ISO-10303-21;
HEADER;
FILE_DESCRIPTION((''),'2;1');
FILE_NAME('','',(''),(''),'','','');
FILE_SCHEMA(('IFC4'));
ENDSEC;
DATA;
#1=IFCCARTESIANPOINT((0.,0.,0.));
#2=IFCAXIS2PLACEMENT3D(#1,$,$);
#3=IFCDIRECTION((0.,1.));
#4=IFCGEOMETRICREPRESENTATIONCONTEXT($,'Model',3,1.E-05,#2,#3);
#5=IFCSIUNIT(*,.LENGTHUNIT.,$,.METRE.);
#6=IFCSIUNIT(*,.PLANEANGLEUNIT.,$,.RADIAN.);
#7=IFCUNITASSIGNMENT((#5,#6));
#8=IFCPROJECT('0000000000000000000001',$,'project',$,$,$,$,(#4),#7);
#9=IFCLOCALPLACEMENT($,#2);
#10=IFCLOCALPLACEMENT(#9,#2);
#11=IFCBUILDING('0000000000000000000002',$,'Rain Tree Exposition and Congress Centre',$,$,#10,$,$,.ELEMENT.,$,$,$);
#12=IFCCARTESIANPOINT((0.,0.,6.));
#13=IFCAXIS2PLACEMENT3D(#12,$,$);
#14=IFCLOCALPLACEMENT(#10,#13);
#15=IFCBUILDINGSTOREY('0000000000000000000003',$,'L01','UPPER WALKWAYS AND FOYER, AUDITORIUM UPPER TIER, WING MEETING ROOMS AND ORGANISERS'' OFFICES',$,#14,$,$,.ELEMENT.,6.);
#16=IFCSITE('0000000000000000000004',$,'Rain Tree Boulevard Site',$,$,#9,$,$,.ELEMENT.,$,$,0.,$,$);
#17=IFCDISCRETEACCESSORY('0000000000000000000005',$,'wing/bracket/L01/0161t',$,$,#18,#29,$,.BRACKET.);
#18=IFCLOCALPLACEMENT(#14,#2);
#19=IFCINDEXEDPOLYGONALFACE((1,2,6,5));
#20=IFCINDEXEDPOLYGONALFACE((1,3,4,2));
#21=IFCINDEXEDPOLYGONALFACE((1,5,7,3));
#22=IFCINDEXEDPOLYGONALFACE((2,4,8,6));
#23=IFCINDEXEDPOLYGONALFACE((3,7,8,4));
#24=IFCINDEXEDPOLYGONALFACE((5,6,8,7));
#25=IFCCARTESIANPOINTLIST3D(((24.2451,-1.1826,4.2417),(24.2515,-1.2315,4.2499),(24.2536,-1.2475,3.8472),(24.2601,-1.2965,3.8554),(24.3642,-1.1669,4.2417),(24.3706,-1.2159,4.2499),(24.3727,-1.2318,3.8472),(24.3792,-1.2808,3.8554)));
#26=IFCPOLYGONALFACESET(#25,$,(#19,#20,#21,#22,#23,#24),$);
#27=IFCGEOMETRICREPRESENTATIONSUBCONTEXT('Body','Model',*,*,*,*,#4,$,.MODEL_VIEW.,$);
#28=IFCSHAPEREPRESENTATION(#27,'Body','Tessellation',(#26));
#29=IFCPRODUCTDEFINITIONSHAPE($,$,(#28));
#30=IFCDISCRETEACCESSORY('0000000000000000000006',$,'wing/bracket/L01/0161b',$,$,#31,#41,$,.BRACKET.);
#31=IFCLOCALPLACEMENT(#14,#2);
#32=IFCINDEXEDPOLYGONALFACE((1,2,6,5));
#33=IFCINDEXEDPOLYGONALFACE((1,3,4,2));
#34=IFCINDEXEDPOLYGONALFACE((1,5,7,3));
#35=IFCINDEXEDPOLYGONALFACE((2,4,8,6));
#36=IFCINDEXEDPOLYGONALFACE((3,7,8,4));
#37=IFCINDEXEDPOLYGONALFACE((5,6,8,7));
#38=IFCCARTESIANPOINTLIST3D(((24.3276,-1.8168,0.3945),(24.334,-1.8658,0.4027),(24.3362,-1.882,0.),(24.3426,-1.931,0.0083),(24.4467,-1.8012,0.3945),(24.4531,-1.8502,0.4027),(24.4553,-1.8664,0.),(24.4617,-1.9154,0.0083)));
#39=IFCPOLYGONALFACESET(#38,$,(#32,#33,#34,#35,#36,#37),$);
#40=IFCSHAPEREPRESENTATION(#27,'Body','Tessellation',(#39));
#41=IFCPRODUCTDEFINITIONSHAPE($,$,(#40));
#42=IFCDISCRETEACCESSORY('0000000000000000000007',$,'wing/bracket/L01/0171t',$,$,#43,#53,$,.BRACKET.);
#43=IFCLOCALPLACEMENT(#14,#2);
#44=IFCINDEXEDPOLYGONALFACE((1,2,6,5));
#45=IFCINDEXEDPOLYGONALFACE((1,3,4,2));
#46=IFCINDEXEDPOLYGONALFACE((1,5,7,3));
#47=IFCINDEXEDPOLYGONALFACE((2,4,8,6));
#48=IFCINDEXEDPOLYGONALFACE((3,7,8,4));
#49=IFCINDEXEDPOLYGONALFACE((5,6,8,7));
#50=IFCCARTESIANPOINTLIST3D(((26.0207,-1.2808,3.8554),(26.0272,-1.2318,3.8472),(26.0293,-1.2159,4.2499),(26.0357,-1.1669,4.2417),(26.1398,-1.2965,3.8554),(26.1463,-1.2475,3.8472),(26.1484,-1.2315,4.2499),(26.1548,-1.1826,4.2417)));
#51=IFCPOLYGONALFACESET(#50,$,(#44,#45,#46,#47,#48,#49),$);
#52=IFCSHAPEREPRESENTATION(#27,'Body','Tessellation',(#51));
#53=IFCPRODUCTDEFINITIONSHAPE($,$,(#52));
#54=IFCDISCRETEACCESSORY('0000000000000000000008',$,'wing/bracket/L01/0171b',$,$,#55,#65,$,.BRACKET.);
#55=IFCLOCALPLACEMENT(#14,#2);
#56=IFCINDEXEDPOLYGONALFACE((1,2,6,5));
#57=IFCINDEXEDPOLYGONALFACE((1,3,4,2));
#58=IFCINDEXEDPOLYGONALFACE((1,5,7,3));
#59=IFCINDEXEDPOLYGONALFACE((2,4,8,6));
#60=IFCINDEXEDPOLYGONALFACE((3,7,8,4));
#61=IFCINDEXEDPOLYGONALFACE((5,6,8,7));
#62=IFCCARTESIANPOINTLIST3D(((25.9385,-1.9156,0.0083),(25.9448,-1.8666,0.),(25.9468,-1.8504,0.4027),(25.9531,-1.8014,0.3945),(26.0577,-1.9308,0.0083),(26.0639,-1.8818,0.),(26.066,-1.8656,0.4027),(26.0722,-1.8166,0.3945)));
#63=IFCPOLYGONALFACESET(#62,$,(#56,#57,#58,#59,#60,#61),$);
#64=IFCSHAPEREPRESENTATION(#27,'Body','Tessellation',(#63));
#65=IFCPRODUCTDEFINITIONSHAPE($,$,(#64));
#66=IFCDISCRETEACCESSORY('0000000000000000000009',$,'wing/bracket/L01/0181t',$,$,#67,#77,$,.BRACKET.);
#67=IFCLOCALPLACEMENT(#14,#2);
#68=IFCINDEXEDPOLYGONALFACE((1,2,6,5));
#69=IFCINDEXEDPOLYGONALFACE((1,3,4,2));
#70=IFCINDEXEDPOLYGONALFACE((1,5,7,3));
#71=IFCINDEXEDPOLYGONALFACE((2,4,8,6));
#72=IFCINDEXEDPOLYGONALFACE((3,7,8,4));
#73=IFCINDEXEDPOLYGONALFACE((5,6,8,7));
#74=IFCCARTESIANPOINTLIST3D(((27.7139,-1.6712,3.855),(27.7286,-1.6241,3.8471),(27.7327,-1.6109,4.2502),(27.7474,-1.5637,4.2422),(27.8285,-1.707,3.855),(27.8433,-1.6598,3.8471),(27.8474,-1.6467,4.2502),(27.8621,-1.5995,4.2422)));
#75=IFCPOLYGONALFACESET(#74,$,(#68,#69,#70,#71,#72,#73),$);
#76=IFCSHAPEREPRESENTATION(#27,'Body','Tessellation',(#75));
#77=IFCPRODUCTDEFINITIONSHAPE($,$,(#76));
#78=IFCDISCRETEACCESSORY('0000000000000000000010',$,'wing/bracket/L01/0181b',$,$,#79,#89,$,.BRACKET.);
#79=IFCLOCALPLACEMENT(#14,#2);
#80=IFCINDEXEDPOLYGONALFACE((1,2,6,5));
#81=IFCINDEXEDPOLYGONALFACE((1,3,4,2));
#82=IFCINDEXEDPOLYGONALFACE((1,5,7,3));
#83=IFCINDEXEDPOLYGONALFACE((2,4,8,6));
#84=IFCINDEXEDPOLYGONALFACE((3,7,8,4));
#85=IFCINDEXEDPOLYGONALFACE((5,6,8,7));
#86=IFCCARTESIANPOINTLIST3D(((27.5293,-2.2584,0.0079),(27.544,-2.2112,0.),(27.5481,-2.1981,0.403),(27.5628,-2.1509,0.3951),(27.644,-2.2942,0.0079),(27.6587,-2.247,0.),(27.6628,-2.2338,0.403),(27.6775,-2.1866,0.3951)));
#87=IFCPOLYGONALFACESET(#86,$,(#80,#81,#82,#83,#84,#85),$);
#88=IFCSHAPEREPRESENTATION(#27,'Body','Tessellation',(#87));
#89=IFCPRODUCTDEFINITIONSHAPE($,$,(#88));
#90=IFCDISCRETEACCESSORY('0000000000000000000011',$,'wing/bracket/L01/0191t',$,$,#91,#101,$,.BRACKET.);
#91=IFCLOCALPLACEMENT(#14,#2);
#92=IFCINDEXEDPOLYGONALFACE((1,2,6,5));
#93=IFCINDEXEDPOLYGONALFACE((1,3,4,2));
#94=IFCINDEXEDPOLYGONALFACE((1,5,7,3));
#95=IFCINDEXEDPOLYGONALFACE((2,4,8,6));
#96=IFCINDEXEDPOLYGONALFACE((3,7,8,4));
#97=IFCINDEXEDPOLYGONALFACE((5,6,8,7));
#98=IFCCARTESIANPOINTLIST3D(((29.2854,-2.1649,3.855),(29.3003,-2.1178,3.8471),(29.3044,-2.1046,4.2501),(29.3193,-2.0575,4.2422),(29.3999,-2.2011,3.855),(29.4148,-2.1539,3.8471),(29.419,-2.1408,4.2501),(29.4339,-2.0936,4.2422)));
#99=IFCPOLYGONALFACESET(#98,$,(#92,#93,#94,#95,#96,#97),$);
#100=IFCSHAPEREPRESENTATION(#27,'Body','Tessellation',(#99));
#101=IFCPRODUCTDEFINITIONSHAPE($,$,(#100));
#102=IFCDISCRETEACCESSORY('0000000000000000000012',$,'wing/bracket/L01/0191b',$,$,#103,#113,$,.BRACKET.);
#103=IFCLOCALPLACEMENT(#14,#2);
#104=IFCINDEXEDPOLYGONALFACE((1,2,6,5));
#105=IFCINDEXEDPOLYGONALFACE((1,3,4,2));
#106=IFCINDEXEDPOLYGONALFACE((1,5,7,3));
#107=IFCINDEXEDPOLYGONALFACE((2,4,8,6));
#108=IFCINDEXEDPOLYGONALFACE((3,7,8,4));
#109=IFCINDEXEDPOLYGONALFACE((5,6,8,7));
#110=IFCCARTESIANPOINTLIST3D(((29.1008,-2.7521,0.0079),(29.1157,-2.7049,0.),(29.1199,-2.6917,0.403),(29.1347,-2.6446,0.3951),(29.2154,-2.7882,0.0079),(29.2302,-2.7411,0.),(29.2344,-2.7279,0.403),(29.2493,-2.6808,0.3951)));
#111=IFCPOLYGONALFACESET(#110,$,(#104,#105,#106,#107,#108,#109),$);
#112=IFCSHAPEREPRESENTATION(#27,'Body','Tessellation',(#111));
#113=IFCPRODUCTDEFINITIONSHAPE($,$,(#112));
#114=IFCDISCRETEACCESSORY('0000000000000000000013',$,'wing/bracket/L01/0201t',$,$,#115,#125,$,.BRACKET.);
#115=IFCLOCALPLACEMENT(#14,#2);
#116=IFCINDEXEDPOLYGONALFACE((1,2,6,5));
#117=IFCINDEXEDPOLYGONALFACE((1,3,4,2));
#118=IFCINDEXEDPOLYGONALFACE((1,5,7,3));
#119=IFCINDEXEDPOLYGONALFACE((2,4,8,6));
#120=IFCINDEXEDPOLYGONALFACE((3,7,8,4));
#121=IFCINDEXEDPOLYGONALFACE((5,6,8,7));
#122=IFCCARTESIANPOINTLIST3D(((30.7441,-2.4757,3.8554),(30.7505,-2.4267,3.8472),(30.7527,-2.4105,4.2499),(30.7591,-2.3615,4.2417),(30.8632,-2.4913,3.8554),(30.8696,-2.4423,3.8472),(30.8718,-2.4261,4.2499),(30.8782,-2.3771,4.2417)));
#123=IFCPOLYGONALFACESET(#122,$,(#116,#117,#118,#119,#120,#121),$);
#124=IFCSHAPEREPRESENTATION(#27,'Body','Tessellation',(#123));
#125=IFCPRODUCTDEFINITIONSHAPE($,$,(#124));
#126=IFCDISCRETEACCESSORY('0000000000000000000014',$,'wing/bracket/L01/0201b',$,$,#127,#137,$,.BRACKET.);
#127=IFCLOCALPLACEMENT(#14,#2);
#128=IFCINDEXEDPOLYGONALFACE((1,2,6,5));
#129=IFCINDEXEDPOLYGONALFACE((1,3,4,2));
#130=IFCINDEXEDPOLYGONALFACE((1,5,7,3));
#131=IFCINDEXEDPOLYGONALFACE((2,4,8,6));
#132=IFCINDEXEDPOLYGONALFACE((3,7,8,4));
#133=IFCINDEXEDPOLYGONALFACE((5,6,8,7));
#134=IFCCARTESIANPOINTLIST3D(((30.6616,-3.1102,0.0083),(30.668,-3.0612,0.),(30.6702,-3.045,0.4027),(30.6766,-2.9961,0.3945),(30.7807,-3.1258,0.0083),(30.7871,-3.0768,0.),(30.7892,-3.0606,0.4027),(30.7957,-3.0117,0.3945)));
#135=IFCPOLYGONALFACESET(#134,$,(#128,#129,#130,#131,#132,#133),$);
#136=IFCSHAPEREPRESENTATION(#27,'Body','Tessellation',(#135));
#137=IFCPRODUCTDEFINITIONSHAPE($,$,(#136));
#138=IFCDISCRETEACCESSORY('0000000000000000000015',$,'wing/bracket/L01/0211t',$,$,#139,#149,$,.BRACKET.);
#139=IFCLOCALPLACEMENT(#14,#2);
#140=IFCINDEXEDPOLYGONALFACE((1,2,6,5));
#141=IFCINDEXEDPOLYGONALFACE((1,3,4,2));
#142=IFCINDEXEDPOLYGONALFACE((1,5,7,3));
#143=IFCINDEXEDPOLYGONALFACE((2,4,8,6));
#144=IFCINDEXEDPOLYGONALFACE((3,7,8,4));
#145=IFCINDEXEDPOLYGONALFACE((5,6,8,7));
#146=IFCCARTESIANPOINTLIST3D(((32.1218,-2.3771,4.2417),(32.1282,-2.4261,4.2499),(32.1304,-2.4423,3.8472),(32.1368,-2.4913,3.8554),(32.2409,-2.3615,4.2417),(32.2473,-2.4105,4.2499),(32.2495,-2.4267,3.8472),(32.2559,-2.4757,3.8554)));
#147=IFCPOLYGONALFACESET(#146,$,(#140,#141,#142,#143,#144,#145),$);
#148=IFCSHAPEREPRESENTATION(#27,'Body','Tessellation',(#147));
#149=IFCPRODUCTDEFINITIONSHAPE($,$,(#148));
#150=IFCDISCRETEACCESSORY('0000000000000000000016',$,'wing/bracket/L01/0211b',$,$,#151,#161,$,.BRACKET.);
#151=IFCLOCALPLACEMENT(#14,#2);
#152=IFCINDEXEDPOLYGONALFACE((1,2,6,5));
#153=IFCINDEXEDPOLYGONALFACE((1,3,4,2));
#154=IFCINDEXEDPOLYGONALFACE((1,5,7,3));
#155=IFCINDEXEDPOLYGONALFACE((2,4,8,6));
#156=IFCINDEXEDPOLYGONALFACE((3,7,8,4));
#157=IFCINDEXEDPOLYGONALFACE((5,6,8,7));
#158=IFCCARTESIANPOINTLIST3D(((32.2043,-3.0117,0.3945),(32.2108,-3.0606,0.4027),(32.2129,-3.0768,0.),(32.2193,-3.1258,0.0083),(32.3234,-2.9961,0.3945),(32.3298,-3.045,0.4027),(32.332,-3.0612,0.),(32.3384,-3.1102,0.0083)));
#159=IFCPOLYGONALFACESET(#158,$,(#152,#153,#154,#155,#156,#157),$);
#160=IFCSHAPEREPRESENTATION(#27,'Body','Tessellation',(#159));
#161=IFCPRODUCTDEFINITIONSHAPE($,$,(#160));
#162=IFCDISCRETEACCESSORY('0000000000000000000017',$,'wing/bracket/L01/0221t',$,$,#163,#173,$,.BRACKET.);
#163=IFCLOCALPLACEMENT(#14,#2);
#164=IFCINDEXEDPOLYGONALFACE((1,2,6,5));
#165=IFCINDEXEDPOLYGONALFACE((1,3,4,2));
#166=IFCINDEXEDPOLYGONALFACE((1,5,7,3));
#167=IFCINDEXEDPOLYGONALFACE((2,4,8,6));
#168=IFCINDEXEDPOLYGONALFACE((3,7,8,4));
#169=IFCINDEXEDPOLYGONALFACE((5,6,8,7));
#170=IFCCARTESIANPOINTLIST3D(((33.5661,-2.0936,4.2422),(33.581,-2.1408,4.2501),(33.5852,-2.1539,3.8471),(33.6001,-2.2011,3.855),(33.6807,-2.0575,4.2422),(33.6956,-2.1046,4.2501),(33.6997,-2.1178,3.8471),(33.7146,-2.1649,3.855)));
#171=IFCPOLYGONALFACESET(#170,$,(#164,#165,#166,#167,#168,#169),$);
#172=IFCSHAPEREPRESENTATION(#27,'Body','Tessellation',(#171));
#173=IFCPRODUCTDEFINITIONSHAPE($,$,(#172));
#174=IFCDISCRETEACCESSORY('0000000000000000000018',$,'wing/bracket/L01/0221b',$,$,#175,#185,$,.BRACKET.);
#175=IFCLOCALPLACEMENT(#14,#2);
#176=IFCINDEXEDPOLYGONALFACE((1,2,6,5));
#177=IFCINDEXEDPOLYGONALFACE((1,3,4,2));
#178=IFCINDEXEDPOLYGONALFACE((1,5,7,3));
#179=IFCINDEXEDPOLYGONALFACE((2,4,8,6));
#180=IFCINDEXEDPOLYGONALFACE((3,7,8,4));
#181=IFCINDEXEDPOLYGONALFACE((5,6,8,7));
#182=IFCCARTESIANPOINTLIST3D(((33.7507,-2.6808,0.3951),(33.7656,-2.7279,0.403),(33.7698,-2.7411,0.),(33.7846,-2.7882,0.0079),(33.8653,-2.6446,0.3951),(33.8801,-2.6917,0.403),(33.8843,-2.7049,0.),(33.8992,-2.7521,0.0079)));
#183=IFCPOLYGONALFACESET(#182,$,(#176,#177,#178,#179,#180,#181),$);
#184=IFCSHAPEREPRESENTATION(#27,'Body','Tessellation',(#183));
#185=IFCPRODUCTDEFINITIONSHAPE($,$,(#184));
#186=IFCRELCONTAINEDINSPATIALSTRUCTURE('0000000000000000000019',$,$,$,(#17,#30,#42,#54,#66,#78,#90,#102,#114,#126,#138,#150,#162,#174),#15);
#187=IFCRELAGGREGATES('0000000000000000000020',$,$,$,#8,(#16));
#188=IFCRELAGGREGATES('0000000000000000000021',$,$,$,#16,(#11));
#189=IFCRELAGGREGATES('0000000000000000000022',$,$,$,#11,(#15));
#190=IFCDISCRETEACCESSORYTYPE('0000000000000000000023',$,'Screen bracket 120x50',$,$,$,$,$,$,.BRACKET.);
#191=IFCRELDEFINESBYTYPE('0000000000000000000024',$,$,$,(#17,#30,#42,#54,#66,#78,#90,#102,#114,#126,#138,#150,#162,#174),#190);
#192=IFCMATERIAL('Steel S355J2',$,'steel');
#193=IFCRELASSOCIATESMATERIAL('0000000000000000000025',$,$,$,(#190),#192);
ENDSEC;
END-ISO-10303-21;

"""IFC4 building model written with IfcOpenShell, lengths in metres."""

from ifc_helpers import new_model, si_unit, direction, frame, origin, origin_2d, place, context, subcontext, project, spatial, rectangle, extrude, material, material_profile, profile_set, type_object, element, save


model = new_model("IFC4")

# Units and contexts
model_context = context("Model", 3, precision=1e-05, world=origin(), true_north=direction((0.0, 1.0)))
body_context = subcontext(model_context, "Body", "Model", "MODEL_VIEW")
ifc_project = project(units=[si_unit("LENGTHUNIT", "METRE"), si_unit("PLANEANGLEUNIT", "RADIAN")], contexts=[model_context])

# Site, building, storey
site_placement = place(None, origin())
site = spatial("IfcSite", under=ifc_project, at=site_placement, Name="Rain Tree Boulevard Site", CompositionType="ELEMENT", RefElevation=0.0)
building_placement = place(site_placement, origin())
building = spatial("IfcBuilding", under=site, at=building_placement, Name="Rain Tree Exposition and Congress Centre", CompositionType="ELEMENT")
storey_placement = place(building_placement, frame((0.0, 0.0, 6.0)))
storey = spatial("IfcBuildingStorey", under=building, at=storey_placement, Name="L01", Description="UPPER WALKWAYS AND FOYER, AUDITORIUM UPPER TIER, WING MEETING ROOMS AND ORGANISERS' OFFICES", CompositionType="ELEMENT", Elevation=6.0)

# Discrete accessories
ifc_material_1 = material(Name="Steel S355J2", Category="steel")
ifc_material_profile_1 = material_profile(ifc_material_1, rectangle(XDim=0.1201, YDim=0.05, at=origin_2d()), Name="Flat bar 120x50")
ifc_profile_set_1 = profile_set([ifc_material_profile_1], Name="Steel S355J2")
discrete_accessory_type = type_object("IfcDiscreteAccessoryType", Name="Screen bracket 120x50", PredefinedType="BRACKET", material=ifc_profile_set_1)
for number, where, z_axis, x_axis, name in (
    (1, (24.3164, -1.2642, 3.8513), (-0.021366, 0.162381, 0.986497), (-0.991454, -0.130455, 0.0), "wing/bracket/L01/0161t"),
    (2, (24.3989, -1.8987, 0.0042), (-0.021364, 0.162976, 0.986399), (-0.991517, -0.129974, 0.0), "wing/bracket/L01/0161b"),
    (3, (26.0835, -1.2642, 3.8513), (0.021366, 0.162381, 0.986497), (-0.991454, 0.130455, 0.0), "wing/bracket/L01/0171t"),
    (4, (26.0012, -1.8987, 0.0042), (0.020754, 0.162978, 0.986411), (-0.991989, 0.126321, 0.0), "wing/bracket/L01/0171b"),
):
    element("IfcDiscreteAccessory", number, at=place(storey_placement, frame(where, z_axis=z_axis, x_axis=x_axis)), inside=storey, type_object=discrete_accessory_type, Name=name, PredefinedType="BRACKET", context=body_context, shape_type="SweptSolid", body=[
        extrude(rectangle(XDim=0.1201, YDim=0.05, at=origin_2d()), origin(), (0.0, 0.0, 1.0), 0.3999),
    ])
for number, where, z_axis, x_axis, name in (
    (5, (27.7786, -1.6655, 3.8511), (0.046993, 0.150743, 0.987456), (-0.954686, 0.297615, 0.0), "wing/bracket/L01/0181t"),
    (6, (27.594, -2.2527, 0.0039), (0.046993, 0.150743, 0.987456), (-0.954686, 0.297615, 0.0), "wing/bracket/L01/0181b"),
    (7, (29.3501, -2.1594, 3.8511), (0.047602, 0.150738, 0.987427), (-0.953583, 0.301131, 0.0), "wing/bracket/L01/0191t"),
    (8, (29.1655, -2.7466, 0.0039), (0.047602, 0.150738, 0.987427), (-0.953583, 0.301131, 0.0), "wing/bracket/L01/0191b"),
):
    element("IfcDiscreteAccessory", number, at=place(storey_placement, frame(where, z_axis=z_axis, x_axis=x_axis)), inside=storey, type_object=discrete_accessory_type, Name=name, PredefinedType="BRACKET", context=body_context, shape_type="SweptSolid", body=[
        extrude(rectangle(XDim=0.1201, YDim=0.05, at=origin_2d()), origin(), (0.0, 0.0, 1.0), 0.4001),
    ])
for number, where, z_axis, x_axis, name in (
    (9, (30.8069, -2.459, 3.8513), (0.021364, 0.162976, 0.986399), (-0.991517, 0.129974, 0.0), "wing/bracket/L01/0201t"),
    (10, (30.7244, -3.0935, 0.0042), (0.021364, 0.162976, 0.986399), (-0.991517, 0.129974, 0.0), "wing/bracket/L01/0201b"),
    (11, (32.1931, -2.459, 3.8513), (-0.021364, 0.162976, 0.986399), (-0.991517, -0.129974, 0.0), "wing/bracket/L01/0211t"),
    (12, (32.2756, -3.0935, 0.0042), (-0.021364, 0.162976, 0.986399), (-0.991517, -0.129974, 0.0), "wing/bracket/L01/0211b"),
):
    element("IfcDiscreteAccessory", number, at=place(storey_placement, frame(where, z_axis=z_axis, x_axis=x_axis)), inside=storey, type_object=discrete_accessory_type, Name=name, PredefinedType="BRACKET", context=body_context, shape_type="SweptSolid", body=[
        extrude(rectangle(XDim=0.1201, YDim=0.05, at=origin_2d()), origin(), (0.0, 0.0, 1.0), 0.3999),
    ])
for number, where, z_axis, x_axis, name in (
    (13, (33.6499, -2.1594, 3.8511), (-0.047602, 0.150738, 0.987427), (-0.953583, -0.301131, 0.0), "wing/bracket/L01/0221t"),
    (14, (33.8345, -2.7466, 0.0039), (-0.047602, 0.150738, 0.987427), (-0.953583, -0.301131, 0.0), "wing/bracket/L01/0221b"),
):
    element("IfcDiscreteAccessory", number, at=place(storey_placement, frame(where, z_axis=z_axis, x_axis=x_axis)), inside=storey, type_object=discrete_accessory_type, Name=name, PredefinedType="BRACKET", context=body_context, shape_type="SweptSolid", body=[
        extrude(rectangle(XDim=0.1201, YDim=0.05, at=origin_2d()), origin(), (0.0, 0.0, 1.0), 0.4001),
    ])

save(model, "model.ifc")
